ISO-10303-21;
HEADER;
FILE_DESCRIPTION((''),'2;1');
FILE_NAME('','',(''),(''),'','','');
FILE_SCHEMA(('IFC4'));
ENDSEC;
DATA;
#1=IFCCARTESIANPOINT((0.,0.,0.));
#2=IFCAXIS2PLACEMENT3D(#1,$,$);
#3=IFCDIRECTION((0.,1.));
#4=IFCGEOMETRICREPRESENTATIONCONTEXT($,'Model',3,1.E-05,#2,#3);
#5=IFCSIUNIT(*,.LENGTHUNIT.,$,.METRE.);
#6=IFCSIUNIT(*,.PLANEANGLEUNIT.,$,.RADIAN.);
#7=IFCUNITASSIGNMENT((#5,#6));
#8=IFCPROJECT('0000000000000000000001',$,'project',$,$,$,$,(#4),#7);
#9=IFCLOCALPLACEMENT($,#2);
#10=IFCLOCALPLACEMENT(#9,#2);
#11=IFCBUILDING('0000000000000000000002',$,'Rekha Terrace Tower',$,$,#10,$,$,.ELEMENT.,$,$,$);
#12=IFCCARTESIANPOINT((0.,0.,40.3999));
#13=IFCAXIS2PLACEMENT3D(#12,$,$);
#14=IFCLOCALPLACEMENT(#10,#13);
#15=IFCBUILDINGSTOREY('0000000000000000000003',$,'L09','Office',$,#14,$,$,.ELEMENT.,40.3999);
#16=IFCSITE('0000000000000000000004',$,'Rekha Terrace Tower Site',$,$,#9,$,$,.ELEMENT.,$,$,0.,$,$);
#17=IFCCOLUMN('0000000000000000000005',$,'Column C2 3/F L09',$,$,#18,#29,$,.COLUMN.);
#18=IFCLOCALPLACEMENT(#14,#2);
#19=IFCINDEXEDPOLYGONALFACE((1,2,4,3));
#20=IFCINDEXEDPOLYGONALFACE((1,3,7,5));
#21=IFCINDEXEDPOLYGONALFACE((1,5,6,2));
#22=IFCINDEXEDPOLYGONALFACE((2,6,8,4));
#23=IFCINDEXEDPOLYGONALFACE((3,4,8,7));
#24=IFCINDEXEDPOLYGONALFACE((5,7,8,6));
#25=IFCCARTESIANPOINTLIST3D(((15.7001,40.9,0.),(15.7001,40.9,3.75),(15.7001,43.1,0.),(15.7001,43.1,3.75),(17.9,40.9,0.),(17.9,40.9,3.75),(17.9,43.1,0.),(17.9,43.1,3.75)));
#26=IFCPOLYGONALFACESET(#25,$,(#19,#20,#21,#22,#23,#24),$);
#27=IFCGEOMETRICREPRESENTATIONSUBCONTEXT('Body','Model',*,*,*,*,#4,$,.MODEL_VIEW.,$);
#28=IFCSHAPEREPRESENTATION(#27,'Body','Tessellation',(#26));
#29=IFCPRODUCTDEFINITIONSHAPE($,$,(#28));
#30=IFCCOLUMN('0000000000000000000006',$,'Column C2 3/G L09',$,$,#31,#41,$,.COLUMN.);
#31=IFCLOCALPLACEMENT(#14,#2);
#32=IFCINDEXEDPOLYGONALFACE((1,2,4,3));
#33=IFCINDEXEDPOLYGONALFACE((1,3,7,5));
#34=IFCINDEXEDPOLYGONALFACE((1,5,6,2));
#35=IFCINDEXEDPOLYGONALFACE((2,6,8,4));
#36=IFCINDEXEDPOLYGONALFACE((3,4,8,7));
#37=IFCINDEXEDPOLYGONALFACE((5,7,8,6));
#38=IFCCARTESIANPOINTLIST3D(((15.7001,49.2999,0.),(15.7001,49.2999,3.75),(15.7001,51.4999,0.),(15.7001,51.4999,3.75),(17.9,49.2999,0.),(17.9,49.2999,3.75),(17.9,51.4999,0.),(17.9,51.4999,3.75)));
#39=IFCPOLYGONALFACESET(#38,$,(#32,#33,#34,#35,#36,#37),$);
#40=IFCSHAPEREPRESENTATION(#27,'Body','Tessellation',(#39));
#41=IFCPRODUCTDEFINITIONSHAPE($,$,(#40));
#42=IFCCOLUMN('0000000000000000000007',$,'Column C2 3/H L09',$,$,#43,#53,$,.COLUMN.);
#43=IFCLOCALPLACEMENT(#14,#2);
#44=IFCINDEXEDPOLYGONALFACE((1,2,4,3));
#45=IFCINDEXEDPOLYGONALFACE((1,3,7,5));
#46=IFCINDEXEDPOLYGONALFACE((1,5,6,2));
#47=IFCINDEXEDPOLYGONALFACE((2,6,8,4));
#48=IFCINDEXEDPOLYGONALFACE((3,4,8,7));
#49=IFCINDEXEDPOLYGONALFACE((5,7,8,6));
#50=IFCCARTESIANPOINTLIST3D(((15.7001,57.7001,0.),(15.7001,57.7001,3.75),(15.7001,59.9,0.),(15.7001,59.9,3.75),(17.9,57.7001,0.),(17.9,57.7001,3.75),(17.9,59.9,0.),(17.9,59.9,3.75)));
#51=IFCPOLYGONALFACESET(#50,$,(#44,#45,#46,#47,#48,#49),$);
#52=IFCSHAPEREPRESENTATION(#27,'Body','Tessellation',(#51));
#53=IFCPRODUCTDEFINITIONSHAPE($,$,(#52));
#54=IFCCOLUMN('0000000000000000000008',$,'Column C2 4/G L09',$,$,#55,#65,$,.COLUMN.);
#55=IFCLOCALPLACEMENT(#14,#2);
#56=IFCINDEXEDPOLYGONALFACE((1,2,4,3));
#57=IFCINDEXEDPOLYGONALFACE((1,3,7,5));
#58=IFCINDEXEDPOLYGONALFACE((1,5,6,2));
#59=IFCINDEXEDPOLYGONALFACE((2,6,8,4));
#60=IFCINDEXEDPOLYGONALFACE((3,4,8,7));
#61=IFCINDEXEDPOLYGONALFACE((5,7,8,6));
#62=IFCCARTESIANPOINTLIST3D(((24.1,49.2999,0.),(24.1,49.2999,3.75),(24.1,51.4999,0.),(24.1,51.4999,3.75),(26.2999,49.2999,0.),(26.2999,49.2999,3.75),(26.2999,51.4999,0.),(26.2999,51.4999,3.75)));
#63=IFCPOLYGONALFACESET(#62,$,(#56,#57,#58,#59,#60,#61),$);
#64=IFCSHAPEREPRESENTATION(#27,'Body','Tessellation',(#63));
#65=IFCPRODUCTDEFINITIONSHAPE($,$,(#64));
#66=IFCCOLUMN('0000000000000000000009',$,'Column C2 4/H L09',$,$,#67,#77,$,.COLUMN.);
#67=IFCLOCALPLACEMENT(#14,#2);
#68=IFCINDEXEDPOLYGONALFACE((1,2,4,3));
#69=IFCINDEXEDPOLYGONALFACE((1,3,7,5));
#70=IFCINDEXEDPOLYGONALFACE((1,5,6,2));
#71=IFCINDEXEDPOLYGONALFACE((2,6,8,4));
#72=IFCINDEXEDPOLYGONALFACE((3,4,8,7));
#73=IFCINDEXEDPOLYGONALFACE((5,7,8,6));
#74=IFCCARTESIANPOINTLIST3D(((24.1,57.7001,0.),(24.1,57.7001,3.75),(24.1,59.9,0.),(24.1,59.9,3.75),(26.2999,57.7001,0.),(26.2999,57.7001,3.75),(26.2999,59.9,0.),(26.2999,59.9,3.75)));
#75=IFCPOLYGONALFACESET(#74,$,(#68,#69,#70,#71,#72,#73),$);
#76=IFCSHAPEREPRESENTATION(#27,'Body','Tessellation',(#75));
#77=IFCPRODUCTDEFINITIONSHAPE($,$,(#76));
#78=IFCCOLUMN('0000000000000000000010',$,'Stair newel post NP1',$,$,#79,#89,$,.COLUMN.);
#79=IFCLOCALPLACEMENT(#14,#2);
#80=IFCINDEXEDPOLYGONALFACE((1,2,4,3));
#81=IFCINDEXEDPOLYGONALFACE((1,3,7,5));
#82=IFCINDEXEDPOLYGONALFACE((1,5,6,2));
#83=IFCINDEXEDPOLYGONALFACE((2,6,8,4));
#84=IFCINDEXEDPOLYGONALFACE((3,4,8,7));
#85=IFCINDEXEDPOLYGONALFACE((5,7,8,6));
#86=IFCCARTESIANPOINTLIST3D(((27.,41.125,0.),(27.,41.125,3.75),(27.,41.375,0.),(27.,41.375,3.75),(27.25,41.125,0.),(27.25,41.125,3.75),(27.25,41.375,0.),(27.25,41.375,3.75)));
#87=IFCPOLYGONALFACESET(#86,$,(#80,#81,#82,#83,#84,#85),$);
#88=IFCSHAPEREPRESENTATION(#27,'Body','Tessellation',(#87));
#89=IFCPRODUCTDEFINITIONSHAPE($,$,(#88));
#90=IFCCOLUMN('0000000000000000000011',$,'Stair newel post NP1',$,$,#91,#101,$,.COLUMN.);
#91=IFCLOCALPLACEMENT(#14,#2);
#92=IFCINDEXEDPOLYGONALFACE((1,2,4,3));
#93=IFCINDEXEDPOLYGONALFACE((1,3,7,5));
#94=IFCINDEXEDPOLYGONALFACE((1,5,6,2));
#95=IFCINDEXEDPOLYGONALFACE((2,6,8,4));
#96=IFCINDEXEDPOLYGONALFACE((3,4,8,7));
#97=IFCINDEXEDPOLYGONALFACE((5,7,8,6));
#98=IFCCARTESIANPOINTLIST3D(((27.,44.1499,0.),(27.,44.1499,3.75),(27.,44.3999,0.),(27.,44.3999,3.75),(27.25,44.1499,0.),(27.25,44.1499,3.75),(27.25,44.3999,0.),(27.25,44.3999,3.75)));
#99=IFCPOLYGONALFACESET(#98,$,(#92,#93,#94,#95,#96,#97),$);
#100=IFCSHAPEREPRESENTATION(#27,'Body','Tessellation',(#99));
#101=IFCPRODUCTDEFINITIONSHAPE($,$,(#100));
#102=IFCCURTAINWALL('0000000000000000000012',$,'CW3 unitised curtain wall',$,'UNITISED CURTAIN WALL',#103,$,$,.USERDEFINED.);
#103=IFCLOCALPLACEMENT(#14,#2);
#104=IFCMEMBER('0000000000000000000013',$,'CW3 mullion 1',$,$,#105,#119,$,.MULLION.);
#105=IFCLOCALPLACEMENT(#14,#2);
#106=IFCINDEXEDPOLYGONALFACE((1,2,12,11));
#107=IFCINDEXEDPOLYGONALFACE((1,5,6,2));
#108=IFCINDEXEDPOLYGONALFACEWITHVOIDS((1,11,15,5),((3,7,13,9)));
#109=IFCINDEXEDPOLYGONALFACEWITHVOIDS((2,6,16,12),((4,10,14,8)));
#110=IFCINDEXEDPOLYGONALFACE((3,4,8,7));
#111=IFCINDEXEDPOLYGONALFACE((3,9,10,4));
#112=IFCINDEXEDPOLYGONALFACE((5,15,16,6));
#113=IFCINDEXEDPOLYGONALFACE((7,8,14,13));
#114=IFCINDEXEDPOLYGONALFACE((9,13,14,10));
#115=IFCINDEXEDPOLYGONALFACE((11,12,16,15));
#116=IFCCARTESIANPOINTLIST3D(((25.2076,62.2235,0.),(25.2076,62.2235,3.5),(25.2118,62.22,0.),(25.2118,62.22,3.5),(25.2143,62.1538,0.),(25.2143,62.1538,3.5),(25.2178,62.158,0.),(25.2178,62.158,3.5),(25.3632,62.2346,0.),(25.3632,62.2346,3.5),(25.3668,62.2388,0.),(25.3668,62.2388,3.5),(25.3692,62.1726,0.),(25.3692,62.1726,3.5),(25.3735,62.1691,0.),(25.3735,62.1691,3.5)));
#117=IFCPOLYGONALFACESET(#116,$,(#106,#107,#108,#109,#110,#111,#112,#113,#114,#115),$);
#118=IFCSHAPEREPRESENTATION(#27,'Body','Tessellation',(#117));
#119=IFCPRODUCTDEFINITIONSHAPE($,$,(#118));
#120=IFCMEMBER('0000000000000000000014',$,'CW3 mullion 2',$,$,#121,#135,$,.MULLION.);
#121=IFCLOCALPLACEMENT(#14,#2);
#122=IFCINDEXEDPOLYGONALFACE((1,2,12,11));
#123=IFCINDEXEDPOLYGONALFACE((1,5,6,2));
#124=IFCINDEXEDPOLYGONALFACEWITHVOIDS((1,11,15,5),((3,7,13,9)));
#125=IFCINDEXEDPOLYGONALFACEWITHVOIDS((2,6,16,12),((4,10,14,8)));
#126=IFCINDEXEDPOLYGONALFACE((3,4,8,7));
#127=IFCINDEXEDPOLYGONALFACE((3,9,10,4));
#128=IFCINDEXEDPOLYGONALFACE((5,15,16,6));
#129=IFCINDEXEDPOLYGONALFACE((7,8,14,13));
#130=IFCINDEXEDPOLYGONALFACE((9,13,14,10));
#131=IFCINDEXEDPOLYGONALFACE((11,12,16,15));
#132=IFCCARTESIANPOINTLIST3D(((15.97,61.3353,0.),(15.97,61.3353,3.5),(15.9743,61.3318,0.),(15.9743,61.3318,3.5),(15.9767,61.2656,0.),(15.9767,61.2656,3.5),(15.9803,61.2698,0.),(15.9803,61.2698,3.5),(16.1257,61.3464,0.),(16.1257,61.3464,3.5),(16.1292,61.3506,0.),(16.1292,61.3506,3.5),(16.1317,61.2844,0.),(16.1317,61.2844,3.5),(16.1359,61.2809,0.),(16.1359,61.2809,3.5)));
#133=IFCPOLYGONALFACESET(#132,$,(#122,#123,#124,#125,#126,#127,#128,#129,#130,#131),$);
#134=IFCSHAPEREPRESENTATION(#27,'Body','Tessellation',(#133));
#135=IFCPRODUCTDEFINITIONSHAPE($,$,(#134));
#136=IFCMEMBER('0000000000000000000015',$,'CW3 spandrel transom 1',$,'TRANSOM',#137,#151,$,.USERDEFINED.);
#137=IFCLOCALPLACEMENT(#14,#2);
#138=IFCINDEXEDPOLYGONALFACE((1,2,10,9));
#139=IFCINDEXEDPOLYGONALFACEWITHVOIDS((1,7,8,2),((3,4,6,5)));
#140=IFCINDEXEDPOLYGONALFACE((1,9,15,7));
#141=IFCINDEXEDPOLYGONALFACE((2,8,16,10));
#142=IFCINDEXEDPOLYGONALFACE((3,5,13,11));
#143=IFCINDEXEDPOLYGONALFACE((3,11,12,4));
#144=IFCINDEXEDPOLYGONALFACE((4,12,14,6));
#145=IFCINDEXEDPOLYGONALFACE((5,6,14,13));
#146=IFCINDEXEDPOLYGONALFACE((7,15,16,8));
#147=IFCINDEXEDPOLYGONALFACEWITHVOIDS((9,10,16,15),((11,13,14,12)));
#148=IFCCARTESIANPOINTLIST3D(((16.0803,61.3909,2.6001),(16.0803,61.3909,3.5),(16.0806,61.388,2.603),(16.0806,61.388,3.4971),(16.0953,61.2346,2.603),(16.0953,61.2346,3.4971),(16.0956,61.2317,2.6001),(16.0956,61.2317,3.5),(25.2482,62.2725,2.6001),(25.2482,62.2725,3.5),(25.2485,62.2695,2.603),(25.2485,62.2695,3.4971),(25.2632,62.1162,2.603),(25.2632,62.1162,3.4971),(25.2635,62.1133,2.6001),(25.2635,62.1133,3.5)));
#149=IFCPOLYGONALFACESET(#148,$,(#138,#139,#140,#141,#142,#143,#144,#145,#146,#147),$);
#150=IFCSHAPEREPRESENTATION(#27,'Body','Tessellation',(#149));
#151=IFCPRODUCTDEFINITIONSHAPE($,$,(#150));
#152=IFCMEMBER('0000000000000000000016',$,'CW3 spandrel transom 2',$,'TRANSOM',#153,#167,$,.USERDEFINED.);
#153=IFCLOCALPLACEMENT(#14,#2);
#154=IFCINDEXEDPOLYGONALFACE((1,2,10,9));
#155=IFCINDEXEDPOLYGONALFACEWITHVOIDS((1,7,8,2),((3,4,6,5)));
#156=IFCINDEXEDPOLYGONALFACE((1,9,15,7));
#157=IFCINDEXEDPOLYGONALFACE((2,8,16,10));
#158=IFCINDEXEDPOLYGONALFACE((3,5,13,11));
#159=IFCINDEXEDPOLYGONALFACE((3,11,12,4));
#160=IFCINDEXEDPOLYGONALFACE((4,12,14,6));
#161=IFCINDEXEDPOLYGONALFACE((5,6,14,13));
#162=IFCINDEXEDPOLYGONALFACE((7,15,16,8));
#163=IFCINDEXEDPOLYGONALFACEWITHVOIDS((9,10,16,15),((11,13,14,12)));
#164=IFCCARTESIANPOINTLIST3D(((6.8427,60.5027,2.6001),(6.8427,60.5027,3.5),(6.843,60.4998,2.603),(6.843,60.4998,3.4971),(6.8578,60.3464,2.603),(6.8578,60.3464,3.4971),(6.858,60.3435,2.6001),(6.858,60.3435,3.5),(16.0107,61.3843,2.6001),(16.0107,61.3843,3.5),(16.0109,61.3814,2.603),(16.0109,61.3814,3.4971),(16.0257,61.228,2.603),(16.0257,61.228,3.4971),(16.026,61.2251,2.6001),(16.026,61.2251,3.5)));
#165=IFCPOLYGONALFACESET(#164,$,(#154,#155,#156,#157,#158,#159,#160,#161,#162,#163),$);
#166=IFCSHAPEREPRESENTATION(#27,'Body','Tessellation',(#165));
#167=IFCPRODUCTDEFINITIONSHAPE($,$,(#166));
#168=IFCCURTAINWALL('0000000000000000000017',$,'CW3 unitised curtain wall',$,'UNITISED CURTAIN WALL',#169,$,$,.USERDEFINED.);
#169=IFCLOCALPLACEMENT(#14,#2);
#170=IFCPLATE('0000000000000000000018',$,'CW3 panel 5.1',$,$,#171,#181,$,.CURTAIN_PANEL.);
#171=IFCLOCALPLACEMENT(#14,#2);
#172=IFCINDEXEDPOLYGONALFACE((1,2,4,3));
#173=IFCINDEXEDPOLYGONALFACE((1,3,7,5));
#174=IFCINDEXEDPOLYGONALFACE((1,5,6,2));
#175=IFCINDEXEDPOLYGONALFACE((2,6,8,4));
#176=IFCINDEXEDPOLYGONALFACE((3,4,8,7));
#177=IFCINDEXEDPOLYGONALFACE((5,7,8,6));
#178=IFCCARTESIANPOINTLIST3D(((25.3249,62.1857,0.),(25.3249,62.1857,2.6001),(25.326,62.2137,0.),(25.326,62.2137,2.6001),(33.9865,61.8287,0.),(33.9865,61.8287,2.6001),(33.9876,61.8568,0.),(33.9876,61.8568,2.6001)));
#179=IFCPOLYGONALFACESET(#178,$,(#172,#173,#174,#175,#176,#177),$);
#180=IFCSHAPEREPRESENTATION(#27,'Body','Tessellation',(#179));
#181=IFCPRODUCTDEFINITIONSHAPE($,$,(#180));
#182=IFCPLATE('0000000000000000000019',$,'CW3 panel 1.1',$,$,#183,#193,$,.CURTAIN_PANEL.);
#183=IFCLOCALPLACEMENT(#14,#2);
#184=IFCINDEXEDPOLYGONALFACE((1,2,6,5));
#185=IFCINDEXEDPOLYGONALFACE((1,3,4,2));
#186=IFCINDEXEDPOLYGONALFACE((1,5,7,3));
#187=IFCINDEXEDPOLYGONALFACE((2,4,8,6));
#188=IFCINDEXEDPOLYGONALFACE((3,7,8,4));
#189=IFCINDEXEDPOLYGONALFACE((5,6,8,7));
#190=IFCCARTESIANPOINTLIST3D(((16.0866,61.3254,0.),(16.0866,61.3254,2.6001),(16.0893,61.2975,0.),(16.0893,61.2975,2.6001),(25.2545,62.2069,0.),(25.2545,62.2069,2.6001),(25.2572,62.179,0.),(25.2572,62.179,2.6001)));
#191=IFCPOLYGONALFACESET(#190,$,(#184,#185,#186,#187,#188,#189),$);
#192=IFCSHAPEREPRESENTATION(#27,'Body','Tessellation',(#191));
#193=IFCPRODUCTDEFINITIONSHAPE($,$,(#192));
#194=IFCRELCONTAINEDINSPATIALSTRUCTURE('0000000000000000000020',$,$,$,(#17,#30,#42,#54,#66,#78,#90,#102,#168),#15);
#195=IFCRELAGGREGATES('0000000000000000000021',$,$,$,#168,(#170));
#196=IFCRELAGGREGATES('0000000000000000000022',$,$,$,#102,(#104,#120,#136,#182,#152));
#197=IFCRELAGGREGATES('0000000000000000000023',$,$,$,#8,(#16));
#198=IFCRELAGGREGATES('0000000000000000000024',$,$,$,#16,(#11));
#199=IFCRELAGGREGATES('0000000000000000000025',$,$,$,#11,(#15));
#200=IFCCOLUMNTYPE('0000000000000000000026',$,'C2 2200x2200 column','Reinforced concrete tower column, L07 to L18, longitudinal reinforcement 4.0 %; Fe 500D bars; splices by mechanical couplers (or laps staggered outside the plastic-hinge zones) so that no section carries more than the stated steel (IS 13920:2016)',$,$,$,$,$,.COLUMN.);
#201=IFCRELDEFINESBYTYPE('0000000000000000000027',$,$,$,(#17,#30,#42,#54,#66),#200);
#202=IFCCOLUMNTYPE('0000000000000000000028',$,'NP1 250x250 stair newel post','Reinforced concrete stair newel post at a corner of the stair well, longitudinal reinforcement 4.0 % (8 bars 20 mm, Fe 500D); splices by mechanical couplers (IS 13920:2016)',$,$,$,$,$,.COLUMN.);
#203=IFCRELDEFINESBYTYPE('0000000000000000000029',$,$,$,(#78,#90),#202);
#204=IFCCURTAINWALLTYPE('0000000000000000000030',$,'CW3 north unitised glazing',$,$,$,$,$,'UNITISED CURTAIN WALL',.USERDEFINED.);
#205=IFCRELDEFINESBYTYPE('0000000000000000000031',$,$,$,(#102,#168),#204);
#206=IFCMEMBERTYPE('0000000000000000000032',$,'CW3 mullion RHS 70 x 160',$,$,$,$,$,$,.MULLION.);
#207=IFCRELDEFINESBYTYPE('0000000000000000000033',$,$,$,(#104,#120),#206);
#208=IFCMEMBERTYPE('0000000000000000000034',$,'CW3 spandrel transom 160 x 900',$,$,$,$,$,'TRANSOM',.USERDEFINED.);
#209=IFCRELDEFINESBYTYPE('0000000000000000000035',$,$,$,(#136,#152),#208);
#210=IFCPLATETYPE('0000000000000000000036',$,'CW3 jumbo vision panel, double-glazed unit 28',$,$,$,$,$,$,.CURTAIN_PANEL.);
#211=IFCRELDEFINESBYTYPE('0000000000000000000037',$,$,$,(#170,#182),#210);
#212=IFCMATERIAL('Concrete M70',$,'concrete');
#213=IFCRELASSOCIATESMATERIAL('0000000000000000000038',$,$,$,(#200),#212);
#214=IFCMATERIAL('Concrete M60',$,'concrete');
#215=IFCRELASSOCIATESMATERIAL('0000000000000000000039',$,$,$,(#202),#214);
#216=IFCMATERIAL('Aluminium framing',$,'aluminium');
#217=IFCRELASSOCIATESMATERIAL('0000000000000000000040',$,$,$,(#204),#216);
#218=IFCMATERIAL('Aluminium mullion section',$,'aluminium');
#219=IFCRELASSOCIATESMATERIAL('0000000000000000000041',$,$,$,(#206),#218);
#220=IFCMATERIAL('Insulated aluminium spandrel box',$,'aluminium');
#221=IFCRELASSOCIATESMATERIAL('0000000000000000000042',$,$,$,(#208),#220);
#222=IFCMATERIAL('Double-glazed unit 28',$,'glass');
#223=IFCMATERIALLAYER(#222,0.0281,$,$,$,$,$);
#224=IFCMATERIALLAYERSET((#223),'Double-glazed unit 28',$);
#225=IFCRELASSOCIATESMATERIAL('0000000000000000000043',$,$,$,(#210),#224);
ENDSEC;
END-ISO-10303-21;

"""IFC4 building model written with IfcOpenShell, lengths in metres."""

from ifc_helpers import new_model, si_unit, direction, frame, origin, origin_2d, place, context, subcontext, project, spatial, rectangle, hollow_rectangle, extrude, material, layer, layer_set, material_profile, profile_set, type_object, element, aggregate, save


model = new_model("IFC4")

# Units and contexts
model_context = context("Model", 3, precision=1e-05, world=origin(), true_north=direction((0.0, 1.0)))
body_context = subcontext(model_context, "Body", "Model", "MODEL_VIEW")
ifc_project = project(units=[si_unit("LENGTHUNIT", "METRE"), si_unit("PLANEANGLEUNIT", "RADIAN")], contexts=[model_context])

# Site, building, storey
site_placement = place(None, origin())
site = spatial("IfcSite", under=ifc_project, at=site_placement, Name="Rekha Terrace Tower Site", CompositionType="ELEMENT", RefElevation=0.0)
building_placement = place(site_placement, origin())
building = spatial("IfcBuilding", under=site, at=building_placement, Name="Rekha Terrace Tower", CompositionType="ELEMENT")
storey_placement = place(building_placement, frame((0.0, 0.0, 40.3999)))
storey = spatial("IfcBuildingStorey", under=building, at=storey_placement, Name="L09", Description="Office", CompositionType="ELEMENT", Elevation=40.3999)

# Columns
ifc_material_1 = material(Name="Concrete M70", Category="concrete")
ifc_material_profile_1 = material_profile(ifc_material_1, rectangle(XDim=2.2, YDim=2.2, at=origin_2d()), Name="RC 2200x2200")
ifc_profile_set_1 = profile_set([ifc_material_profile_1], Name="Concrete M70")
column_type_1 = type_object("IfcColumnType", Name="C2 2200x2200 column", Description="Reinforced concrete tower column, L07 to L18, longitudinal reinforcement 4.0 %; Fe 500D bars; splices by mechanical couplers (or laps staggered outside the plastic-hinge zones) so that no section carries more than the stated steel (IS 13920:2016)", PredefinedType="COLUMN", material=ifc_profile_set_1)
for number, where, z_axis, x_axis, name in (
    (1, (16.8, 42.0, 0.0), (0.0, 0.0, 1.0), (1.0, 0.0, 0.0), "Column C2 3/F L09"),
    (2, (16.8, 50.3999, 0.0), (0.0, 0.0, 1.0), (1.0, 0.0, 0.0), "Column C2 3/G L09"),
    (3, (16.8, 58.8, 0.0), (0.0, 0.0, 1.0), (1.0, 0.0, 0.0), "Column C2 3/H L09"),
    (4, (25.2, 50.3999, 0.0), (0.0, 0.0, 1.0), (1.0, 0.0, 0.0), "Column C2 4/G L09"),
    (5, (25.2, 58.8, 0.0), (0.0, 0.0, 1.0), (1.0, 0.0, 0.0), "Column C2 4/H L09"),
):
    element("IfcColumn", number, at=place(storey_placement, frame(where, z_axis=z_axis, x_axis=x_axis)), inside=storey, type_object=column_type_1, Name=name, PredefinedType="COLUMN", context=body_context, shape_type="SweptSolid", body=[
        extrude(rectangle(XDim=2.2, YDim=2.2, at=origin_2d()), origin(), (0.0, 0.0, 1.0), 3.75),
    ])
ifc_material_2 = material(Name="Concrete M60", Category="concrete")
ifc_material_profile_2 = material_profile(ifc_material_2, rectangle(XDim=0.25, YDim=0.25, at=origin_2d()), Name="RC 250x250")
ifc_profile_set_2 = profile_set([ifc_material_profile_2], Name="Concrete M60")
column_type_2 = type_object("IfcColumnType", Name="NP1 250x250 stair newel post", Description="Reinforced concrete stair newel post at a corner of the stair well, longitudinal reinforcement 4.0 % (8 bars 20 mm, Fe 500D); splices by mechanical couplers (IS 13920:2016)", PredefinedType="COLUMN", material=ifc_profile_set_2)
for number, where, z_axis, x_axis, name in (
    (6, (27.125, 41.25, 0.0), (0.0, 0.0, 1.0), (1.0, 0.0, 0.0), "Stair newel post NP1"),
    (7, (27.125, 44.2749, 0.0), (0.0, 0.0, 1.0), (1.0, 0.0, 0.0), "Stair newel post NP1"),
):
    element("IfcColumn", number, at=place(storey_placement, frame(where, z_axis=z_axis, x_axis=x_axis)), inside=storey, type_object=column_type_2, Name=name, PredefinedType="COLUMN", context=body_context, shape_type="SweptSolid", body=[
        extrude(rectangle(XDim=0.25, YDim=0.25, at=origin_2d()), origin(), (0.0, 0.0, 1.0), 3.75),
    ])

# Curtain wall, members
ifc_material_3 = material(Name="Aluminium framing", Category="aluminium")
curtain_wall_type = type_object("IfcCurtainWallType", Name="CW3 north unitised glazing", ElementType="UNITISED CURTAIN WALL", PredefinedType="USERDEFINED", material=ifc_material_3)
curtain_wall_1_placement = place(storey_placement, origin())
curtain_wall_1 = element("IfcCurtainWall", 8, at=curtain_wall_1_placement, inside=storey, type_object=curtain_wall_type, Name="CW3 unitised curtain wall", ObjectType="UNITISED CURTAIN WALL", PredefinedType="USERDEFINED")
ifc_material_4 = material(Name="Aluminium mullion section", Category="aluminium")
ifc_material_profile_3 = material_profile(ifc_material_4, hollow_rectangle(XDim=0.0701, YDim=0.1599, WallThickness=0.0039, at=origin_2d()), Name="AL RHS 70x160")
ifc_profile_set_3 = profile_set([ifc_material_profile_3], Name="Aluminium mullion section")
member_type_1 = type_object("IfcMemberType", Name="CW3 mullion RHS 70 x 160", PredefinedType="MULLION", material=ifc_profile_set_3)
member_1_placement = place(storey_placement, frame((25.2905, 62.1963, 0.0), z_axis=(0.0, 0.0, 1.0), x_axis=(0.095712, -0.995409, 0.0)))
member_1 = element("IfcMember", 9, at=member_1_placement, type_object=member_type_1, Name="CW3 mullion 1", PredefinedType="MULLION", context=body_context, shape_type="SweptSolid", body=[
    extrude(hollow_rectangle(XDim=0.0701, YDim=0.1599, WallThickness=0.0039, at=origin_2d()), origin(), (0.0, 0.0, 1.0), 3.5),
])
member_2_placement = place(storey_placement, frame((16.053, 61.3081, 0.0), z_axis=(0.0, 0.0, 1.0), x_axis=(0.095712, -0.995409, 0.0)))
member_2 = element("IfcMember", 10, at=member_2_placement, type_object=member_type_1, Name="CW3 mullion 2", PredefinedType="MULLION", context=body_context, shape_type="SweptSolid", body=[
    extrude(hollow_rectangle(XDim=0.0701, YDim=0.1599, WallThickness=0.0039, at=origin_2d()), origin(), (0.0, 0.0, 1.0), 3.5),
])
ifc_material_5 = material(Name="Insulated aluminium spandrel box", Category="aluminium")
ifc_material_profile_4 = material_profile(ifc_material_5, hollow_rectangle(XDim=0.1599, YDim=0.8999, WallThickness=0.0029, at=origin_2d()), Name="AL SPANDREL BOX 160x900")
ifc_profile_set_4 = profile_set([ifc_material_profile_4], Name="Insulated aluminium spandrel box")
member_type_2 = type_object("IfcMemberType", Name="CW3 spandrel transom 160 x 900", ElementType="TRANSOM", PredefinedType="USERDEFINED", material=ifc_profile_set_4)
member_3_placement = place(storey_placement, frame((25.2559, 62.1929, 3.05), z_axis=(-0.995408, -0.095718, 0.0), x_axis=(0.095718, -0.995408, 0.0)))
member_3 = element("IfcMember", 11, at=member_3_placement, type_object=member_type_2, Name="CW3 spandrel transom 1", ObjectType="TRANSOM", PredefinedType="USERDEFINED", context=body_context, shape_type="SweptSolid", body=[
    extrude(hollow_rectangle(XDim=0.1599, YDim=0.8999, WallThickness=0.0029, at=origin_2d()), origin(), (0.0, 0.0, 1.0), 9.2102),
])
member_4_placement = place(storey_placement, frame((16.0183, 61.3047, 3.05), z_axis=(-0.995408, -0.095718, 0.0), x_axis=(0.095718, -0.995408, 0.0)))
member_4 = element("IfcMember", 12, at=member_4_placement, type_object=member_type_2, Name="CW3 spandrel transom 2", ObjectType="TRANSOM", PredefinedType="USERDEFINED", context=body_context, shape_type="SweptSolid", body=[
    extrude(hollow_rectangle(XDim=0.1599, YDim=0.8999, WallThickness=0.0029, at=origin_2d()), origin(), (0.0, 0.0, 1.0), 9.2102),
])

# Curtain wall, plate
curtain_wall_2_placement = place(storey_placement, origin())
curtain_wall_2 = element("IfcCurtainWall", 13, at=curtain_wall_2_placement, inside=storey, type_object=curtain_wall_type, Name="CW3 unitised curtain wall", ObjectType="UNITISED CURTAIN WALL", PredefinedType="USERDEFINED")
ifc_material_6 = material(Name="Double-glazed unit 28", Category="glass")
ifc_layer_1 = layer(ifc_material_6, 0.0281)
ifc_layer_set_1 = layer_set([ifc_layer_1], Name="Double-glazed unit 28")
plate_type = type_object("IfcPlateType", Name="CW3 jumbo vision panel, double-glazed unit 28", PredefinedType="CURTAIN_PANEL", material=ifc_layer_set_1)
plate_1_placement = place(storey_placement, frame((29.6562, 62.0212, 0.0), z_axis=(0.0, 0.0, 1.0), x_axis=(-0.999152, 0.041174, 0.0)))
plate_1 = element("IfcPlate", 14, at=plate_1_placement, type_object=plate_type, Name="CW3 panel 5.1", PredefinedType="CURTAIN_PANEL", context=body_context, shape_type="SweptSolid", body=[
    extrude(rectangle(XDim=8.6689, YDim=0.0281, at=origin_2d()), origin(), (0.0, 0.0, 1.0), 2.6001),
])
aggregate(curtain_wall_2, [plate_1])

# Plate
plate_2_placement = place(storey_placement, frame((20.6719, 61.7522, 0.0), z_axis=(0.0, 0.0, 1.0), x_axis=(-0.995409, -0.095712, 0.0)))
plate_2 = element("IfcPlate", 15, at=plate_2_placement, type_object=plate_type, Name="CW3 panel 1.1", PredefinedType="CURTAIN_PANEL", context=body_context, shape_type="SweptSolid", body=[
    extrude(rectangle(XDim=9.2102, YDim=0.0281, at=origin_2d()), origin(), (0.0, 0.0, 1.0), 2.6001),
])
aggregate(curtain_wall_1, [member_1, member_2, member_3, plate_2, member_4])

save(model, "model.ifc")
